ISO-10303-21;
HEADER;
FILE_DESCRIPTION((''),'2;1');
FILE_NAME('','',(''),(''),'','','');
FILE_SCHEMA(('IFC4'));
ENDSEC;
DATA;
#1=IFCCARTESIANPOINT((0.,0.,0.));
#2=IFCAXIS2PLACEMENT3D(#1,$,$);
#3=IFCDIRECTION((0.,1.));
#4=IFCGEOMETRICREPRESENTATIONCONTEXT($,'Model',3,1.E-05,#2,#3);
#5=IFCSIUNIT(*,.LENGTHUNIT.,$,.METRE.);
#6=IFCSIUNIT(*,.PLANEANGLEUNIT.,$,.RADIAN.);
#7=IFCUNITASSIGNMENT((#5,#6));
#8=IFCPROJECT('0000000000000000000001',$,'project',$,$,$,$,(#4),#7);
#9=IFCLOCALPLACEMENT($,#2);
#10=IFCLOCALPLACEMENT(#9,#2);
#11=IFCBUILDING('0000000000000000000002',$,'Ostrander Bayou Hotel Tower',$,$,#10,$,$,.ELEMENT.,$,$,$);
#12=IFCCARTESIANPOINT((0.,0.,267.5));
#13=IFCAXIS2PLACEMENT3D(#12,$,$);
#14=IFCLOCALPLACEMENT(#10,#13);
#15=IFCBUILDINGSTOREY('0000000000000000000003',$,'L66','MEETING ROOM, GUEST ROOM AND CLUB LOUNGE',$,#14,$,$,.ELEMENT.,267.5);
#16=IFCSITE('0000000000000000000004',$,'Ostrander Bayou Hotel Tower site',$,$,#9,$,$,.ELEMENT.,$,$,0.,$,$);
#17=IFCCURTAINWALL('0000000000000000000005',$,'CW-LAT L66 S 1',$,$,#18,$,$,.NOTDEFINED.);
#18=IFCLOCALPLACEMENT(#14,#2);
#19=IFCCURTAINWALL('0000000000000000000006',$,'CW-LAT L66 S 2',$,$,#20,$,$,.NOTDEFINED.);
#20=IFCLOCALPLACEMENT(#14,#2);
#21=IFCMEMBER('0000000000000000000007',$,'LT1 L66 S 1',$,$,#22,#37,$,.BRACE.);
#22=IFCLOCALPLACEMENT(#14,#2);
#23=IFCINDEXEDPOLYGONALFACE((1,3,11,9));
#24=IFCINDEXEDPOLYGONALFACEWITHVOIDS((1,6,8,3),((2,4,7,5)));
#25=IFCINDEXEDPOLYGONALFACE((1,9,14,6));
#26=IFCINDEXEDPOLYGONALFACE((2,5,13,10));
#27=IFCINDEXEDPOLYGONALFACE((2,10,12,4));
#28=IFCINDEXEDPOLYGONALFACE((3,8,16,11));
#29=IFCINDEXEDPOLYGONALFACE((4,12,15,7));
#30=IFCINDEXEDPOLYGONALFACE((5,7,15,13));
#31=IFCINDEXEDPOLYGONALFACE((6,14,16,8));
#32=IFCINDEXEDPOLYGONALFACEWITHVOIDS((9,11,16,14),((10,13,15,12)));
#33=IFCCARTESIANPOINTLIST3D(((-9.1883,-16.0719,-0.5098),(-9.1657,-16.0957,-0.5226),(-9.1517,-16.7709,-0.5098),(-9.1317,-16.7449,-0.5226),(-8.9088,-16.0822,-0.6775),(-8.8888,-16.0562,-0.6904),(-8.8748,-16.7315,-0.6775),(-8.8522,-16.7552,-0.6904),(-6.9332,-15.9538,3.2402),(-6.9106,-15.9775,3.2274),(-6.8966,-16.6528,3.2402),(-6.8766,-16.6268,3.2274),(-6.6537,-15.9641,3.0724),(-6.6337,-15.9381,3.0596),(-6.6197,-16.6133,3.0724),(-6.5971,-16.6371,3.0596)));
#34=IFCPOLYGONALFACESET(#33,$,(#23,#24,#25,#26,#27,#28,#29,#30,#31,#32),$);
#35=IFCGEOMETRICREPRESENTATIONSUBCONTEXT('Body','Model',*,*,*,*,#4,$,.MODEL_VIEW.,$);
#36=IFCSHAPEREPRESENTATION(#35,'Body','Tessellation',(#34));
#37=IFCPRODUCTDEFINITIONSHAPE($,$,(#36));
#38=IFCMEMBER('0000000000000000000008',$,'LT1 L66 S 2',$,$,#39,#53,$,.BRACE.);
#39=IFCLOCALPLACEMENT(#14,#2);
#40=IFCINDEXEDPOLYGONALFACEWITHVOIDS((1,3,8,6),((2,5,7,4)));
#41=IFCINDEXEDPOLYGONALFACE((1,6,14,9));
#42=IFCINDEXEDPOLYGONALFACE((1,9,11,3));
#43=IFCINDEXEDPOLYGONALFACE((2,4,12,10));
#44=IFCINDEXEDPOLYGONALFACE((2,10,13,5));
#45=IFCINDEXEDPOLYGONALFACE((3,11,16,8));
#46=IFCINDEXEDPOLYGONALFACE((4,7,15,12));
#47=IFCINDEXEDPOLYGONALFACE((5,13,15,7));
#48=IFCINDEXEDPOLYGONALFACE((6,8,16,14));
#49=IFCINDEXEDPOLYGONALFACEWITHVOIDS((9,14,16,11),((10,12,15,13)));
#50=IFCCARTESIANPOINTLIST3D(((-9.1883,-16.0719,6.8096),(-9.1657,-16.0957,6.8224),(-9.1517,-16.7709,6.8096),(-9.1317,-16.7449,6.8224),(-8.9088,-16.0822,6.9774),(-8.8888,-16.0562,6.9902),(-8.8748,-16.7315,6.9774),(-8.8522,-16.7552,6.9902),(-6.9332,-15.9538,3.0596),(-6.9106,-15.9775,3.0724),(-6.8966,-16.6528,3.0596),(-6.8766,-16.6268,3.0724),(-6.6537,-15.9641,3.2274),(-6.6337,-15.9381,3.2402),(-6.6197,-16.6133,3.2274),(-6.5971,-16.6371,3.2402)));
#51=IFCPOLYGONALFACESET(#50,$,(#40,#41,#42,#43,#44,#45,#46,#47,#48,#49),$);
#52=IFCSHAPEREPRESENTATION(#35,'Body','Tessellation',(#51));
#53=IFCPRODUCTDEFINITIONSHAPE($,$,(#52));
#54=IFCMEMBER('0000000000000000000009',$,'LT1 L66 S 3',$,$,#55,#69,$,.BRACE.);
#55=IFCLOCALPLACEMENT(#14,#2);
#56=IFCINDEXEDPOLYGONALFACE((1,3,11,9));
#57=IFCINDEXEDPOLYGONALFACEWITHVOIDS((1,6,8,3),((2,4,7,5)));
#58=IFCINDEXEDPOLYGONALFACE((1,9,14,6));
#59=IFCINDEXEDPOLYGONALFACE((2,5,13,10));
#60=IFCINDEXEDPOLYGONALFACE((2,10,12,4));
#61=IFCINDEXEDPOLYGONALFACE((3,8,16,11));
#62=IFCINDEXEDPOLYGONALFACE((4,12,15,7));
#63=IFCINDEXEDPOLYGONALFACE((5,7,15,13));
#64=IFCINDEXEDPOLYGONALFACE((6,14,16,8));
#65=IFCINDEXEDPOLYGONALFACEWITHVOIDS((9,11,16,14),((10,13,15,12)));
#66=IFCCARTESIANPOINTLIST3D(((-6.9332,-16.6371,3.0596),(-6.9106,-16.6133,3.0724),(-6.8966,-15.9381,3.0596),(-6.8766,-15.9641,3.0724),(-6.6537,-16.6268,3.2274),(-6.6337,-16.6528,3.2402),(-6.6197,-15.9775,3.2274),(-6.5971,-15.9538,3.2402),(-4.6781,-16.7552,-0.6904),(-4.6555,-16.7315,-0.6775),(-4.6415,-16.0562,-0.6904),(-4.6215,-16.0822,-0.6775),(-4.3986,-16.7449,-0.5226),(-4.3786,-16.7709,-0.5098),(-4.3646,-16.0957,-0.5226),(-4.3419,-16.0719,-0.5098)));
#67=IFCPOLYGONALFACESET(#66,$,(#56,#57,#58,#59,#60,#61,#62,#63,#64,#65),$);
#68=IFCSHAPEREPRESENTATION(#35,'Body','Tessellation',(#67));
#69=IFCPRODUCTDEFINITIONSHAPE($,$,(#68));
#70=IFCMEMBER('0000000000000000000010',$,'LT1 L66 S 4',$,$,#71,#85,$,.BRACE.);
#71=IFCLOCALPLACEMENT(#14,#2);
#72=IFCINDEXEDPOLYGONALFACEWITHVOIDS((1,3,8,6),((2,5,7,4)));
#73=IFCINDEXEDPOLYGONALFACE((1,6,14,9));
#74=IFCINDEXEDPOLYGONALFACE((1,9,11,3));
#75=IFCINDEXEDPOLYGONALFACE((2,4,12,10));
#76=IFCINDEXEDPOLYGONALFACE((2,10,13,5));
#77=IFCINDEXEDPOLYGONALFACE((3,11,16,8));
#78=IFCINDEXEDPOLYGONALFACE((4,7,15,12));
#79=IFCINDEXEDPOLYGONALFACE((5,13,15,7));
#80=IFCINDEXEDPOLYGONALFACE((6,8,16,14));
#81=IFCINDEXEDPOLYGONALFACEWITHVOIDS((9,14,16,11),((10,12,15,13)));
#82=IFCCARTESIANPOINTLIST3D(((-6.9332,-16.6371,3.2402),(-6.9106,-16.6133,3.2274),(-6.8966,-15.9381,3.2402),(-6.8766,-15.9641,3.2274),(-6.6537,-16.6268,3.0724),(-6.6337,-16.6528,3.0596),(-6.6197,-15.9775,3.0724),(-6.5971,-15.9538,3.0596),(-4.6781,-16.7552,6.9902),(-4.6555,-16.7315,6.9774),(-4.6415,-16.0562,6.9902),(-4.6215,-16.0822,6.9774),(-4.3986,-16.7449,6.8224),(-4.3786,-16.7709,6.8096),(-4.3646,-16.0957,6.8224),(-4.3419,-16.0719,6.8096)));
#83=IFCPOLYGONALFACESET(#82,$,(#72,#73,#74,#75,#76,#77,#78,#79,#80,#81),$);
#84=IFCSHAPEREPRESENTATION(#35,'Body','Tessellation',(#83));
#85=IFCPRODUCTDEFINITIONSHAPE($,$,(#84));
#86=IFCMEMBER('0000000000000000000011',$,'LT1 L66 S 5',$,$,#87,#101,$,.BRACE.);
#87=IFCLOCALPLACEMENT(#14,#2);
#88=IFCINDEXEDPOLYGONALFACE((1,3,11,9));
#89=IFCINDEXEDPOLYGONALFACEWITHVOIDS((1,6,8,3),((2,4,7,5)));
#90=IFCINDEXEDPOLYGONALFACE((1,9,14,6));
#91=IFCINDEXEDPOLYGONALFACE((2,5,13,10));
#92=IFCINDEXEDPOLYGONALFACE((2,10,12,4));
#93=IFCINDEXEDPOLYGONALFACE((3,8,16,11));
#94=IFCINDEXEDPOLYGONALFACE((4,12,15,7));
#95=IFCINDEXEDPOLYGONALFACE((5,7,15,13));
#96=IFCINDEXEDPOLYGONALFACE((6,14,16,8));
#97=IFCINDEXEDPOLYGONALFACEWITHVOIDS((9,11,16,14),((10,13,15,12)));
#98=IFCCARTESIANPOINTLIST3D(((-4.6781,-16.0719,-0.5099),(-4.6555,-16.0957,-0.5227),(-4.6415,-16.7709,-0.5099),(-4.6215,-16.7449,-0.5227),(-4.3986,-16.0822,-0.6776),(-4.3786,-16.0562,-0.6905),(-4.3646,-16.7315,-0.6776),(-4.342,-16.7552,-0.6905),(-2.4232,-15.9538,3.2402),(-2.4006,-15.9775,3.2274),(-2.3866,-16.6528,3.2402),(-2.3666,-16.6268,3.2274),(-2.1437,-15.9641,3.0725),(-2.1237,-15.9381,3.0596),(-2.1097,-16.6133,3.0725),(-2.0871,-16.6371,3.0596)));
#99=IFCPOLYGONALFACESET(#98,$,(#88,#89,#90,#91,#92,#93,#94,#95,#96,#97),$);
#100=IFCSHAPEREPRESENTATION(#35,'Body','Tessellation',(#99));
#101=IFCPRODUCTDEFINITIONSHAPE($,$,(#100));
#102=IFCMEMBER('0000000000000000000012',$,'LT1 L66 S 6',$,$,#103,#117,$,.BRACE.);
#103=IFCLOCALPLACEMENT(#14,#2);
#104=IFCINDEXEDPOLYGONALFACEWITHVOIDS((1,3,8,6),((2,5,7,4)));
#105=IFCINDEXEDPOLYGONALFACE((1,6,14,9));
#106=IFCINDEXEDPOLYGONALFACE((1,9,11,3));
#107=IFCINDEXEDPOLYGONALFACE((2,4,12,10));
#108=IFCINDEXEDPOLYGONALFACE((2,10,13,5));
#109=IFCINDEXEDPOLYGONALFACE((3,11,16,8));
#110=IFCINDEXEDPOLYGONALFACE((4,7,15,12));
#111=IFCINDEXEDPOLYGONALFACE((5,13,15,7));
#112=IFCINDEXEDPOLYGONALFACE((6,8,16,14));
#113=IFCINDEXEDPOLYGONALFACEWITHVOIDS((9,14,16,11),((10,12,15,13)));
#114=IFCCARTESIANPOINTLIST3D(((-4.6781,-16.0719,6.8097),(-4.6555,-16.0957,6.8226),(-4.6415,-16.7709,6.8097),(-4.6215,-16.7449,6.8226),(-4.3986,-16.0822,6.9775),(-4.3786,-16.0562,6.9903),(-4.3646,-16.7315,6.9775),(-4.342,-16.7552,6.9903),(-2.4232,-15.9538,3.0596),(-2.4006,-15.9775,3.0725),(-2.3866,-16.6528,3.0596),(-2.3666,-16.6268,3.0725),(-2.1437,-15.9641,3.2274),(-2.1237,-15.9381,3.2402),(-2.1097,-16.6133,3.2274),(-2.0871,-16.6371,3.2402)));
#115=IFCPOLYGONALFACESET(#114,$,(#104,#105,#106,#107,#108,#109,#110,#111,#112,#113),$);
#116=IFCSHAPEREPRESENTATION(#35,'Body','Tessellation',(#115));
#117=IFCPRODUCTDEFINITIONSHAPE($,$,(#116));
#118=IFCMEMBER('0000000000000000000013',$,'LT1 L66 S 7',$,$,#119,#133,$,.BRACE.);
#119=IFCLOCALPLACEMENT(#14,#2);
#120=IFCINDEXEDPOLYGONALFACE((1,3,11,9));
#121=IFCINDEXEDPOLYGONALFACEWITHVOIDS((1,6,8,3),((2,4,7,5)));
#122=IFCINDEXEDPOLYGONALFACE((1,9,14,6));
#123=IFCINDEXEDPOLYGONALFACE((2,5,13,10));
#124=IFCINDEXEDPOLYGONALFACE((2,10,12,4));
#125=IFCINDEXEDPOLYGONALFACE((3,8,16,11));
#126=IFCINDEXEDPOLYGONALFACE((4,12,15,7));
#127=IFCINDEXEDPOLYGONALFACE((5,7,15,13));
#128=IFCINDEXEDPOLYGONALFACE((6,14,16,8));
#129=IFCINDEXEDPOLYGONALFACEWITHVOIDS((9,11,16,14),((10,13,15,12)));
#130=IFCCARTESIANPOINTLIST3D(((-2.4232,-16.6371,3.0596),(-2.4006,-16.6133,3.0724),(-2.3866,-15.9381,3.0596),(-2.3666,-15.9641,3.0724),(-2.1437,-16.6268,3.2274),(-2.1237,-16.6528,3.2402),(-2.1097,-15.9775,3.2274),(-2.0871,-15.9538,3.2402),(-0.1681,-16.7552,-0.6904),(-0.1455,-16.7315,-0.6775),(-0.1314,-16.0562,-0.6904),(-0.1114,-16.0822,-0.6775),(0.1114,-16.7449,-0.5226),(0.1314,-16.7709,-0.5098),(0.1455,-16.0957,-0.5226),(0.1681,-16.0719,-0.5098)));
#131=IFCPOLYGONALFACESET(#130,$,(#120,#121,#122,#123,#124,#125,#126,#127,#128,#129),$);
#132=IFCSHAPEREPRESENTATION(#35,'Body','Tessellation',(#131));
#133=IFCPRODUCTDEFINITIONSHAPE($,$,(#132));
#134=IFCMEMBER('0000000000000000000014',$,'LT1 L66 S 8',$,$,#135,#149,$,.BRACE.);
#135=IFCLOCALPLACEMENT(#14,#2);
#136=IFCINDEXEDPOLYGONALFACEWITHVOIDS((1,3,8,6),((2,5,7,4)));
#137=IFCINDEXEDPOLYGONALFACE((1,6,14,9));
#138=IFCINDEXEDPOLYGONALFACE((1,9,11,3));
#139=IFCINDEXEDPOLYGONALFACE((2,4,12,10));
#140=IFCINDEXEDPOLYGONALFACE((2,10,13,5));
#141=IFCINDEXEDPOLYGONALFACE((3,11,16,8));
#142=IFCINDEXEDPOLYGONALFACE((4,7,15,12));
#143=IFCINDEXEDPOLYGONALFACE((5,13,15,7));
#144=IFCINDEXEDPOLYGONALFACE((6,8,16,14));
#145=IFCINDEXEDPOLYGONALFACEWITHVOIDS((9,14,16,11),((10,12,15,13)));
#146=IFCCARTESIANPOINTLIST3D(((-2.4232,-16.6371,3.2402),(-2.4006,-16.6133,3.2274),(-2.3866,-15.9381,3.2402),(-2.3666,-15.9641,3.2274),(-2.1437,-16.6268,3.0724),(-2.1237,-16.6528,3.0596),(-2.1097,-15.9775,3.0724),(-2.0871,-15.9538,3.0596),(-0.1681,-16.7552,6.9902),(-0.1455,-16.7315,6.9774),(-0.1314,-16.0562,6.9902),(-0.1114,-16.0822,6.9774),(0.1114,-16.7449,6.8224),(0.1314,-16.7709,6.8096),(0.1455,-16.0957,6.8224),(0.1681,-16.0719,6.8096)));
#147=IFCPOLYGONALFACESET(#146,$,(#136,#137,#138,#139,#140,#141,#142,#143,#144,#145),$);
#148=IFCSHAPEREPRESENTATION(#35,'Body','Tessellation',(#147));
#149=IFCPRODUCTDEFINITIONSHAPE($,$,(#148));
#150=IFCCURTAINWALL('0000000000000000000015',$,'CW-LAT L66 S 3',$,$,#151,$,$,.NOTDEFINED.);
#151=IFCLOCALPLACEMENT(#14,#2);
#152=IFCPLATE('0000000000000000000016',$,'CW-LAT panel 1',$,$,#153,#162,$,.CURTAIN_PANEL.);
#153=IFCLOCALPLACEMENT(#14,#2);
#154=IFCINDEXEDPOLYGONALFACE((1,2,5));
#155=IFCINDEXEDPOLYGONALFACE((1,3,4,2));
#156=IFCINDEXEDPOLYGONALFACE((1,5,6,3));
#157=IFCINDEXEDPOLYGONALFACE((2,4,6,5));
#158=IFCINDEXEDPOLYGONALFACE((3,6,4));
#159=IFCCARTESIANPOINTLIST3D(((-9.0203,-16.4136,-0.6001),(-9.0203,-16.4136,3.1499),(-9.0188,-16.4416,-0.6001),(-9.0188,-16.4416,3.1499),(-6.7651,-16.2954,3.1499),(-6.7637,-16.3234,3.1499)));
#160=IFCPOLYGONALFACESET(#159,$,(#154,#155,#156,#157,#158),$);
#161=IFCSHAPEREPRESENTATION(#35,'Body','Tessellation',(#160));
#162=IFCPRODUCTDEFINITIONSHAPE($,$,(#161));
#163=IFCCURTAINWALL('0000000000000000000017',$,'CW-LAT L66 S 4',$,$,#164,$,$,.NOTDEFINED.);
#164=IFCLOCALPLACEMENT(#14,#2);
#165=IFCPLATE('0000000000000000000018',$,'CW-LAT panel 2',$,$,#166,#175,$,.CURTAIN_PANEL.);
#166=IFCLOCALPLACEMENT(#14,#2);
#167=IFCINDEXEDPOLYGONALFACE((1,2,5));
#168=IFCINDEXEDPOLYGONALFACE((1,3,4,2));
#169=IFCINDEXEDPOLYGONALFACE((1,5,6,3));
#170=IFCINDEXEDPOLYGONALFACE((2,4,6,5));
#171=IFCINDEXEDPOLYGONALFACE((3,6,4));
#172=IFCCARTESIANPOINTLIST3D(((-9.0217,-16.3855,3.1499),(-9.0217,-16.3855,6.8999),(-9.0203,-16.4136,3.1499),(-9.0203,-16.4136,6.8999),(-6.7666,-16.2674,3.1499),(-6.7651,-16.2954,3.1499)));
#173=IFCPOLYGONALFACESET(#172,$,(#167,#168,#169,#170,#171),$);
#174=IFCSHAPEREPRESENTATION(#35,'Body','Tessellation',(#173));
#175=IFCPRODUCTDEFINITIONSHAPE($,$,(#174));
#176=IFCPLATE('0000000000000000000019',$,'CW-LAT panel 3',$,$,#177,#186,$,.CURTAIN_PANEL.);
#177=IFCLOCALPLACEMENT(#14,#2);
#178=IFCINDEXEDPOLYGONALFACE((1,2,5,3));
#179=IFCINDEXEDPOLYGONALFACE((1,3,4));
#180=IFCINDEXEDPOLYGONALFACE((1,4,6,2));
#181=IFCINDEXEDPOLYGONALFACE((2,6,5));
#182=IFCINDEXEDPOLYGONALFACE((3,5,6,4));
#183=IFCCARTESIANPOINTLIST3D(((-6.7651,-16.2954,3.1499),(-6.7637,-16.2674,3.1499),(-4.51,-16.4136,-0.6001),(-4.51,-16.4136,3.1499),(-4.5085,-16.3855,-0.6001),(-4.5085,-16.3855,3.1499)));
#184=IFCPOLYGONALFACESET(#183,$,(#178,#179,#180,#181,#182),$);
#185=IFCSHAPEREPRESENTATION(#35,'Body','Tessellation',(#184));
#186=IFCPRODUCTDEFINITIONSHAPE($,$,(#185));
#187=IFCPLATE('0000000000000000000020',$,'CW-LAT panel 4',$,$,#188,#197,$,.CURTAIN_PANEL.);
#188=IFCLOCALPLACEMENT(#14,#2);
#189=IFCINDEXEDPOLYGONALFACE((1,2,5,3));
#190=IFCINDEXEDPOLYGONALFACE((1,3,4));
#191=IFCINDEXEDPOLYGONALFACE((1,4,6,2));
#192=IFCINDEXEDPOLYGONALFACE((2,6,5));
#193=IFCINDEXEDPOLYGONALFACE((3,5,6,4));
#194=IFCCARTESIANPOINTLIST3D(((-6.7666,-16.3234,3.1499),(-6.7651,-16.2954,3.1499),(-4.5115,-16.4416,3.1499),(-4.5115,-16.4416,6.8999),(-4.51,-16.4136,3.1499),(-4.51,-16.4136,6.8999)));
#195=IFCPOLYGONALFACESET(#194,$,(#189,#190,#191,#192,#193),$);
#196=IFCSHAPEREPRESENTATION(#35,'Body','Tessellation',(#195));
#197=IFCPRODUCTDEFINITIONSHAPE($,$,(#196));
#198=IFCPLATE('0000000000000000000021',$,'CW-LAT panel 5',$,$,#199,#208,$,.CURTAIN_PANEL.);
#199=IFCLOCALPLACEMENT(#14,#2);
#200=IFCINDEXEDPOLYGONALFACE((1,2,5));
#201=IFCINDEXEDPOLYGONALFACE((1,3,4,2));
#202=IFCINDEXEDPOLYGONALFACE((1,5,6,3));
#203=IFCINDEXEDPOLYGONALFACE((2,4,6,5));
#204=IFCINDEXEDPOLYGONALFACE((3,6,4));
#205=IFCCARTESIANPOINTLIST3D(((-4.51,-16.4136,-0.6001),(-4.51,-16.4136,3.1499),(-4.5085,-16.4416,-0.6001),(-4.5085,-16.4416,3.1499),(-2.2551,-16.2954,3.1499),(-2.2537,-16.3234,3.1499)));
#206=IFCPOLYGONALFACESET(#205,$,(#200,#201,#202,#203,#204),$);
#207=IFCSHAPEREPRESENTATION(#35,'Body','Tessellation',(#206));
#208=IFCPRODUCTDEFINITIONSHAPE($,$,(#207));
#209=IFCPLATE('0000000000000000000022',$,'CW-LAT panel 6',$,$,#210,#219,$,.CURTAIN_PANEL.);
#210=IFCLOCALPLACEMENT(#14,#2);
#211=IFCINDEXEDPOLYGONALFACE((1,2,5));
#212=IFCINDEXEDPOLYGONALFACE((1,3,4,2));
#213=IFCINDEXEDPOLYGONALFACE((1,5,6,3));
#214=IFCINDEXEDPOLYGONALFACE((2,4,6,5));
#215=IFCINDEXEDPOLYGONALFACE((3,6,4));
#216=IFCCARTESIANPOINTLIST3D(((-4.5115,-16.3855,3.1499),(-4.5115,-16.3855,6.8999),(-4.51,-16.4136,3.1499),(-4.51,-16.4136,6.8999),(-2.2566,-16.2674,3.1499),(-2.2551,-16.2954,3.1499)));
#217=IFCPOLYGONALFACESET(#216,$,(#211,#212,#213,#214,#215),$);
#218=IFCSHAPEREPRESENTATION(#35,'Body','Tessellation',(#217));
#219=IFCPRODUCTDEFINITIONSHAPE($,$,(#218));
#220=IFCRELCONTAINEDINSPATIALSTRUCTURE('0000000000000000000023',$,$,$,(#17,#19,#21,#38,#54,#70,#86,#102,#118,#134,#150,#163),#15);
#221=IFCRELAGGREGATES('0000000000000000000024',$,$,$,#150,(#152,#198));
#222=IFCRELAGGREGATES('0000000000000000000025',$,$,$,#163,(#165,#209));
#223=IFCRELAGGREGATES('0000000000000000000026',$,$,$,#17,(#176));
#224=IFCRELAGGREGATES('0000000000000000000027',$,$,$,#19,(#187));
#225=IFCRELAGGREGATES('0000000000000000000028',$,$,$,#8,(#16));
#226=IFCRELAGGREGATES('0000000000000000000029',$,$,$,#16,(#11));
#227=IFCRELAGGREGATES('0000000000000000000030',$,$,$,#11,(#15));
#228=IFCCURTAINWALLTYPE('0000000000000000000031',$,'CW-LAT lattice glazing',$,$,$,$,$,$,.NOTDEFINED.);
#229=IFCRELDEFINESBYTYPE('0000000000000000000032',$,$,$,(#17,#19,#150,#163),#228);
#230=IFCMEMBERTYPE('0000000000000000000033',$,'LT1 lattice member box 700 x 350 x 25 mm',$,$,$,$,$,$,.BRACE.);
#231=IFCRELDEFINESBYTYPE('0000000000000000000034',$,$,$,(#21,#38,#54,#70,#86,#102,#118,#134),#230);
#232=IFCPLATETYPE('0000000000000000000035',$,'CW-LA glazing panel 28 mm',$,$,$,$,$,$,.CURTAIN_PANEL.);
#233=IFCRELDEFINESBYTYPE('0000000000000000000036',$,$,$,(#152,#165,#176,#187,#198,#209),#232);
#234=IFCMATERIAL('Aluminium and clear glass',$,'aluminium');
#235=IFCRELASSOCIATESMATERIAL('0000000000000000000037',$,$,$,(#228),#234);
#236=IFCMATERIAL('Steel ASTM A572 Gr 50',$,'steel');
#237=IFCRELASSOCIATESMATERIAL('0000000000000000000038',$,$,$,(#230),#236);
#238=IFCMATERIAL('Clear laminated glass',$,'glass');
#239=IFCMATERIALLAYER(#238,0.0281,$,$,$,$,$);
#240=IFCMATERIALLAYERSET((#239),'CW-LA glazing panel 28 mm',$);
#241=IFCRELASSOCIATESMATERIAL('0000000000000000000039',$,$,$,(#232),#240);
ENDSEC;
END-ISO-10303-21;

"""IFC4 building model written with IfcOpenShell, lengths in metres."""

from ifc_helpers import new_model, si_unit, direction, frame, origin, origin_2d, place, context, subcontext, project, spatial, polyline, hollow_rectangle, outline, extrude, material, layer, layer_set, material_profile, profile_set, type_object, element, aggregate, save


model = new_model("IFC4")

# Units and contexts
model_context = context("Model", 3, precision=1e-05, world=origin(), true_north=direction((0.0, 1.0)))
body_context = subcontext(model_context, "Body", "Model", "MODEL_VIEW")
ifc_project = project(units=[si_unit("LENGTHUNIT", "METRE"), si_unit("PLANEANGLEUNIT", "RADIAN")], contexts=[model_context])

# Site, building, storey
site_placement = place(None, origin())
site = spatial("IfcSite", under=ifc_project, at=site_placement, Name="Ostrander Bayou Hotel Tower site", CompositionType="ELEMENT", RefElevation=0.0)
building_placement = place(site_placement, origin())
building = spatial("IfcBuilding", under=site, at=building_placement, Name="Ostrander Bayou Hotel Tower", CompositionType="ELEMENT")
storey_placement = place(building_placement, frame((0.0, 0.0, 267.5)))
storey = spatial("IfcBuildingStorey", under=building, at=storey_placement, Name="L66", Description="MEETING ROOM, GUEST ROOM AND CLUB LOUNGE", CompositionType="ELEMENT", Elevation=267.5)

# Curtain walls
ifc_material_1 = material(Name="Aluminium and clear glass", Category="aluminium")
curtain_wall_type = type_object("IfcCurtainWallType", Name="CW-LAT lattice glazing", PredefinedType="NOTDEFINED", material=ifc_material_1)
curtain_wall_1_placement = place(storey_placement, origin())
curtain_wall_1 = element("IfcCurtainWall", 1, at=curtain_wall_1_placement, inside=storey, type_object=curtain_wall_type, Name="CW-LAT L66 S 1", PredefinedType="NOTDEFINED")
curtain_wall_2_placement = place(storey_placement, origin())
curtain_wall_2 = element("IfcCurtainWall", 2, at=curtain_wall_2_placement, inside=storey, type_object=curtain_wall_type, Name="CW-LAT L66 S 2", PredefinedType="NOTDEFINED")

# Members
ifc_material_2 = material(Name="Steel ASTM A572 Gr 50", Category="steel")
ifc_material_profile_1 = material_profile(ifc_material_2, hollow_rectangle(XDim=0.7, YDim=0.3501, WallThickness=0.0249, at=origin_2d()))
ifc_profile_set_1 = profile_set([ifc_material_profile_1], Name="Steel ASTM A572 Gr 50")
member_type_1 = type_object("IfcMemberType", Name="LT1 lattice member box 700 x 350 x 25 mm", PredefinedType="BRACE", material=ifc_profile_set_1)
for number, where, z_axis, x_axis, name in (
    (3, (-6.7651, -16.2954, 3.1499), (-0.515169, -0.026994, -0.856663), (0.052326, -0.99863, 0.0), "LT1 L66 S 1"),
    (4, (-6.7651, -16.2954, 3.1499), (-0.515169, -0.026994, 0.856663), (0.052326, -0.99863, 0.0), "LT1 L66 S 2"),
    (5, (-6.7651, -16.2954, 3.1499), (0.515169, -0.026994, -0.856663), (0.052326, 0.99863, 0.0), "LT1 L66 S 3"),
    (6, (-6.7651, -16.2954, 3.1499), (0.515169, -0.026994, 0.856663), (0.052326, 0.99863, 0.0), "LT1 L66 S 4"),
    (7, (-2.2551, -16.2954, 3.1499), (-0.515128, -0.026995, -0.856688), (0.052332, -0.99863, 0.0), "LT1 L66 S 5"),
    (8, (-2.2551, -16.2954, 3.1499), (-0.515128, -0.026995, 0.856688), (0.052332, -0.99863, 0.0), "LT1 L66 S 6"),
    (9, (-2.2551, -16.2954, 3.1499), (0.515169, -0.026994, -0.856663), (0.052326, 0.99863, 0.0), "LT1 L66 S 7"),
    (10, (-2.2551, -16.2954, 3.1499), (0.515169, -0.026994, 0.856663), (0.052326, 0.99863, 0.0), "LT1 L66 S 8"),
):
    element("IfcMember", number, at=place(storey_placement, frame(where, z_axis=z_axis, x_axis=x_axis)), inside=storey, type_object=member_type_1, Name=name, PredefinedType="BRACE", context=body_context, shape_type="SweptSolid", body=[
        extrude(hollow_rectangle(XDim=0.7, YDim=0.3501, WallThickness=0.0249, at=origin_2d()), origin(), (0.0, 0.0, 1.0), 4.3774),
    ])

# Curtain walls, plates
curtain_wall_3_placement = place(storey_placement, origin())
curtain_wall_3 = element("IfcCurtainWall", 11, at=curtain_wall_3_placement, inside=storey, type_object=curtain_wall_type, Name="CW-LAT L66 S 3", PredefinedType="NOTDEFINED")
ifc_material_3 = material(Name="Clear laminated glass", Category="glass")
ifc_layer_1 = layer(ifc_material_3, 0.0281)
ifc_layer_set_1 = layer_set([ifc_layer_1], Name="CW-LA glazing panel 28 mm")
plate_type = type_object("IfcPlateType", Name="CW-LA glazing panel 28 mm", PredefinedType="CURTAIN_PANEL", material=ifc_layer_set_1)
plate_1_placement = place(storey_placement, frame((-6.7651, -16.2954, 3.1499), z_axis=(-0.052326, 0.99863, 0.0), x_axis=(-0.515169, -0.026994, -0.856663)))
plate_1 = element("IfcPlate", 12, at=plate_1_placement, type_object=plate_type, Name="CW-LAT panel 1", PredefinedType="CURTAIN_PANEL", context=body_context, shape_type="SweptSolid", body=[
    extrude(outline(polyline([(0.0, 0.0), (4.3774, 0.0), (1.165, 1.9345), (0.0, 0.0)])), origin(), (0.0, 0.0, -1.0), 0.0281),
])
curtain_wall_4_placement = place(storey_placement, origin())
curtain_wall_4 = element("IfcCurtainWall", 13, at=curtain_wall_4_placement, inside=storey, type_object=curtain_wall_type, Name="CW-LAT L66 S 4", PredefinedType="NOTDEFINED")
plate_2_placement = place(storey_placement, frame((-6.7651, -16.2954, 3.1499), z_axis=(0.052326, -0.99863, 0.0), x_axis=(-0.515169, -0.026994, 0.856663)))
plate_2 = element("IfcPlate", 14, at=plate_2_placement, type_object=plate_type, Name="CW-LAT panel 2", PredefinedType="CURTAIN_PANEL", context=body_context, shape_type="SweptSolid", body=[
    extrude(outline(polyline([(0.0, 0.0), (4.3774, 0.0), (1.165, 1.9345), (0.0, 0.0)])), origin(), (0.0, 0.0, -1.0), 0.0281),
])

# Plates
plate_3_placement = place(storey_placement, frame((-6.7651, -16.2954, 3.1499), z_axis=(-0.052326, -0.99863, 0.0), x_axis=(0.515169, -0.026994, -0.856663)))
plate_3 = element("IfcPlate", 15, at=plate_3_placement, type_object=plate_type, Name="CW-LAT panel 3", PredefinedType="CURTAIN_PANEL", context=body_context, shape_type="SweptSolid", body=[
    extrude(outline(polyline([(0.0, 0.0), (4.3774, 0.0), (1.165, 1.9345), (0.0, 0.0)])), origin(), (0.0, 0.0, -1.0), 0.0281),
])
plate_4_placement = place(storey_placement, frame((-6.7651, -16.2954, 3.1499), z_axis=(0.052326, 0.99863, 0.0), x_axis=(0.515169, -0.026994, 0.856663)))
plate_4 = element("IfcPlate", 16, at=plate_4_placement, type_object=plate_type, Name="CW-LAT panel 4", PredefinedType="CURTAIN_PANEL", context=body_context, shape_type="SweptSolid", body=[
    extrude(outline(polyline([(0.0, 0.0), (4.3774, 0.0), (1.165, 1.9345), (0.0, 0.0)])), origin(), (0.0, 0.0, -1.0), 0.0281),
])
plate_5_placement = place(storey_placement, frame((-2.2551, -16.2954, 3.1499), z_axis=(-0.052332, 0.99863, 0.0), x_axis=(-0.515128, -0.026995, -0.856688)))
plate_5 = element("IfcPlate", 17, at=plate_5_placement, type_object=plate_type, Name="CW-LAT panel 5", PredefinedType="CURTAIN_PANEL", context=body_context, shape_type="SweptSolid", body=[
    extrude(outline(polyline([(0.0, 0.0), (4.3773, 0.0), (1.1647, 1.9344), (0.0, 0.0)])), origin(), (0.0, 0.0, -1.0), 0.0281),
])
aggregate(curtain_wall_3, [plate_1, plate_5])
plate_6_placement = place(storey_placement, frame((-2.2551, -16.2954, 3.1499), z_axis=(0.052332, -0.99863, 0.0), x_axis=(-0.515128, -0.026995, 0.856688)))
plate_6 = element("IfcPlate", 18, at=plate_6_placement, type_object=plate_type, Name="CW-LAT panel 6", PredefinedType="CURTAIN_PANEL", context=body_context, shape_type="SweptSolid", body=[
    extrude(outline(polyline([(0.0, 0.0), (4.3773, 0.0), (1.1647, 1.9344), (0.0, 0.0)])), origin(), (0.0, 0.0, -1.0), 0.0281),
])
aggregate(curtain_wall_4, [plate_2, plate_6])
aggregate(curtain_wall_1, [plate_3])
aggregate(curtain_wall_2, [plate_4])

save(model, "model.ifc")
